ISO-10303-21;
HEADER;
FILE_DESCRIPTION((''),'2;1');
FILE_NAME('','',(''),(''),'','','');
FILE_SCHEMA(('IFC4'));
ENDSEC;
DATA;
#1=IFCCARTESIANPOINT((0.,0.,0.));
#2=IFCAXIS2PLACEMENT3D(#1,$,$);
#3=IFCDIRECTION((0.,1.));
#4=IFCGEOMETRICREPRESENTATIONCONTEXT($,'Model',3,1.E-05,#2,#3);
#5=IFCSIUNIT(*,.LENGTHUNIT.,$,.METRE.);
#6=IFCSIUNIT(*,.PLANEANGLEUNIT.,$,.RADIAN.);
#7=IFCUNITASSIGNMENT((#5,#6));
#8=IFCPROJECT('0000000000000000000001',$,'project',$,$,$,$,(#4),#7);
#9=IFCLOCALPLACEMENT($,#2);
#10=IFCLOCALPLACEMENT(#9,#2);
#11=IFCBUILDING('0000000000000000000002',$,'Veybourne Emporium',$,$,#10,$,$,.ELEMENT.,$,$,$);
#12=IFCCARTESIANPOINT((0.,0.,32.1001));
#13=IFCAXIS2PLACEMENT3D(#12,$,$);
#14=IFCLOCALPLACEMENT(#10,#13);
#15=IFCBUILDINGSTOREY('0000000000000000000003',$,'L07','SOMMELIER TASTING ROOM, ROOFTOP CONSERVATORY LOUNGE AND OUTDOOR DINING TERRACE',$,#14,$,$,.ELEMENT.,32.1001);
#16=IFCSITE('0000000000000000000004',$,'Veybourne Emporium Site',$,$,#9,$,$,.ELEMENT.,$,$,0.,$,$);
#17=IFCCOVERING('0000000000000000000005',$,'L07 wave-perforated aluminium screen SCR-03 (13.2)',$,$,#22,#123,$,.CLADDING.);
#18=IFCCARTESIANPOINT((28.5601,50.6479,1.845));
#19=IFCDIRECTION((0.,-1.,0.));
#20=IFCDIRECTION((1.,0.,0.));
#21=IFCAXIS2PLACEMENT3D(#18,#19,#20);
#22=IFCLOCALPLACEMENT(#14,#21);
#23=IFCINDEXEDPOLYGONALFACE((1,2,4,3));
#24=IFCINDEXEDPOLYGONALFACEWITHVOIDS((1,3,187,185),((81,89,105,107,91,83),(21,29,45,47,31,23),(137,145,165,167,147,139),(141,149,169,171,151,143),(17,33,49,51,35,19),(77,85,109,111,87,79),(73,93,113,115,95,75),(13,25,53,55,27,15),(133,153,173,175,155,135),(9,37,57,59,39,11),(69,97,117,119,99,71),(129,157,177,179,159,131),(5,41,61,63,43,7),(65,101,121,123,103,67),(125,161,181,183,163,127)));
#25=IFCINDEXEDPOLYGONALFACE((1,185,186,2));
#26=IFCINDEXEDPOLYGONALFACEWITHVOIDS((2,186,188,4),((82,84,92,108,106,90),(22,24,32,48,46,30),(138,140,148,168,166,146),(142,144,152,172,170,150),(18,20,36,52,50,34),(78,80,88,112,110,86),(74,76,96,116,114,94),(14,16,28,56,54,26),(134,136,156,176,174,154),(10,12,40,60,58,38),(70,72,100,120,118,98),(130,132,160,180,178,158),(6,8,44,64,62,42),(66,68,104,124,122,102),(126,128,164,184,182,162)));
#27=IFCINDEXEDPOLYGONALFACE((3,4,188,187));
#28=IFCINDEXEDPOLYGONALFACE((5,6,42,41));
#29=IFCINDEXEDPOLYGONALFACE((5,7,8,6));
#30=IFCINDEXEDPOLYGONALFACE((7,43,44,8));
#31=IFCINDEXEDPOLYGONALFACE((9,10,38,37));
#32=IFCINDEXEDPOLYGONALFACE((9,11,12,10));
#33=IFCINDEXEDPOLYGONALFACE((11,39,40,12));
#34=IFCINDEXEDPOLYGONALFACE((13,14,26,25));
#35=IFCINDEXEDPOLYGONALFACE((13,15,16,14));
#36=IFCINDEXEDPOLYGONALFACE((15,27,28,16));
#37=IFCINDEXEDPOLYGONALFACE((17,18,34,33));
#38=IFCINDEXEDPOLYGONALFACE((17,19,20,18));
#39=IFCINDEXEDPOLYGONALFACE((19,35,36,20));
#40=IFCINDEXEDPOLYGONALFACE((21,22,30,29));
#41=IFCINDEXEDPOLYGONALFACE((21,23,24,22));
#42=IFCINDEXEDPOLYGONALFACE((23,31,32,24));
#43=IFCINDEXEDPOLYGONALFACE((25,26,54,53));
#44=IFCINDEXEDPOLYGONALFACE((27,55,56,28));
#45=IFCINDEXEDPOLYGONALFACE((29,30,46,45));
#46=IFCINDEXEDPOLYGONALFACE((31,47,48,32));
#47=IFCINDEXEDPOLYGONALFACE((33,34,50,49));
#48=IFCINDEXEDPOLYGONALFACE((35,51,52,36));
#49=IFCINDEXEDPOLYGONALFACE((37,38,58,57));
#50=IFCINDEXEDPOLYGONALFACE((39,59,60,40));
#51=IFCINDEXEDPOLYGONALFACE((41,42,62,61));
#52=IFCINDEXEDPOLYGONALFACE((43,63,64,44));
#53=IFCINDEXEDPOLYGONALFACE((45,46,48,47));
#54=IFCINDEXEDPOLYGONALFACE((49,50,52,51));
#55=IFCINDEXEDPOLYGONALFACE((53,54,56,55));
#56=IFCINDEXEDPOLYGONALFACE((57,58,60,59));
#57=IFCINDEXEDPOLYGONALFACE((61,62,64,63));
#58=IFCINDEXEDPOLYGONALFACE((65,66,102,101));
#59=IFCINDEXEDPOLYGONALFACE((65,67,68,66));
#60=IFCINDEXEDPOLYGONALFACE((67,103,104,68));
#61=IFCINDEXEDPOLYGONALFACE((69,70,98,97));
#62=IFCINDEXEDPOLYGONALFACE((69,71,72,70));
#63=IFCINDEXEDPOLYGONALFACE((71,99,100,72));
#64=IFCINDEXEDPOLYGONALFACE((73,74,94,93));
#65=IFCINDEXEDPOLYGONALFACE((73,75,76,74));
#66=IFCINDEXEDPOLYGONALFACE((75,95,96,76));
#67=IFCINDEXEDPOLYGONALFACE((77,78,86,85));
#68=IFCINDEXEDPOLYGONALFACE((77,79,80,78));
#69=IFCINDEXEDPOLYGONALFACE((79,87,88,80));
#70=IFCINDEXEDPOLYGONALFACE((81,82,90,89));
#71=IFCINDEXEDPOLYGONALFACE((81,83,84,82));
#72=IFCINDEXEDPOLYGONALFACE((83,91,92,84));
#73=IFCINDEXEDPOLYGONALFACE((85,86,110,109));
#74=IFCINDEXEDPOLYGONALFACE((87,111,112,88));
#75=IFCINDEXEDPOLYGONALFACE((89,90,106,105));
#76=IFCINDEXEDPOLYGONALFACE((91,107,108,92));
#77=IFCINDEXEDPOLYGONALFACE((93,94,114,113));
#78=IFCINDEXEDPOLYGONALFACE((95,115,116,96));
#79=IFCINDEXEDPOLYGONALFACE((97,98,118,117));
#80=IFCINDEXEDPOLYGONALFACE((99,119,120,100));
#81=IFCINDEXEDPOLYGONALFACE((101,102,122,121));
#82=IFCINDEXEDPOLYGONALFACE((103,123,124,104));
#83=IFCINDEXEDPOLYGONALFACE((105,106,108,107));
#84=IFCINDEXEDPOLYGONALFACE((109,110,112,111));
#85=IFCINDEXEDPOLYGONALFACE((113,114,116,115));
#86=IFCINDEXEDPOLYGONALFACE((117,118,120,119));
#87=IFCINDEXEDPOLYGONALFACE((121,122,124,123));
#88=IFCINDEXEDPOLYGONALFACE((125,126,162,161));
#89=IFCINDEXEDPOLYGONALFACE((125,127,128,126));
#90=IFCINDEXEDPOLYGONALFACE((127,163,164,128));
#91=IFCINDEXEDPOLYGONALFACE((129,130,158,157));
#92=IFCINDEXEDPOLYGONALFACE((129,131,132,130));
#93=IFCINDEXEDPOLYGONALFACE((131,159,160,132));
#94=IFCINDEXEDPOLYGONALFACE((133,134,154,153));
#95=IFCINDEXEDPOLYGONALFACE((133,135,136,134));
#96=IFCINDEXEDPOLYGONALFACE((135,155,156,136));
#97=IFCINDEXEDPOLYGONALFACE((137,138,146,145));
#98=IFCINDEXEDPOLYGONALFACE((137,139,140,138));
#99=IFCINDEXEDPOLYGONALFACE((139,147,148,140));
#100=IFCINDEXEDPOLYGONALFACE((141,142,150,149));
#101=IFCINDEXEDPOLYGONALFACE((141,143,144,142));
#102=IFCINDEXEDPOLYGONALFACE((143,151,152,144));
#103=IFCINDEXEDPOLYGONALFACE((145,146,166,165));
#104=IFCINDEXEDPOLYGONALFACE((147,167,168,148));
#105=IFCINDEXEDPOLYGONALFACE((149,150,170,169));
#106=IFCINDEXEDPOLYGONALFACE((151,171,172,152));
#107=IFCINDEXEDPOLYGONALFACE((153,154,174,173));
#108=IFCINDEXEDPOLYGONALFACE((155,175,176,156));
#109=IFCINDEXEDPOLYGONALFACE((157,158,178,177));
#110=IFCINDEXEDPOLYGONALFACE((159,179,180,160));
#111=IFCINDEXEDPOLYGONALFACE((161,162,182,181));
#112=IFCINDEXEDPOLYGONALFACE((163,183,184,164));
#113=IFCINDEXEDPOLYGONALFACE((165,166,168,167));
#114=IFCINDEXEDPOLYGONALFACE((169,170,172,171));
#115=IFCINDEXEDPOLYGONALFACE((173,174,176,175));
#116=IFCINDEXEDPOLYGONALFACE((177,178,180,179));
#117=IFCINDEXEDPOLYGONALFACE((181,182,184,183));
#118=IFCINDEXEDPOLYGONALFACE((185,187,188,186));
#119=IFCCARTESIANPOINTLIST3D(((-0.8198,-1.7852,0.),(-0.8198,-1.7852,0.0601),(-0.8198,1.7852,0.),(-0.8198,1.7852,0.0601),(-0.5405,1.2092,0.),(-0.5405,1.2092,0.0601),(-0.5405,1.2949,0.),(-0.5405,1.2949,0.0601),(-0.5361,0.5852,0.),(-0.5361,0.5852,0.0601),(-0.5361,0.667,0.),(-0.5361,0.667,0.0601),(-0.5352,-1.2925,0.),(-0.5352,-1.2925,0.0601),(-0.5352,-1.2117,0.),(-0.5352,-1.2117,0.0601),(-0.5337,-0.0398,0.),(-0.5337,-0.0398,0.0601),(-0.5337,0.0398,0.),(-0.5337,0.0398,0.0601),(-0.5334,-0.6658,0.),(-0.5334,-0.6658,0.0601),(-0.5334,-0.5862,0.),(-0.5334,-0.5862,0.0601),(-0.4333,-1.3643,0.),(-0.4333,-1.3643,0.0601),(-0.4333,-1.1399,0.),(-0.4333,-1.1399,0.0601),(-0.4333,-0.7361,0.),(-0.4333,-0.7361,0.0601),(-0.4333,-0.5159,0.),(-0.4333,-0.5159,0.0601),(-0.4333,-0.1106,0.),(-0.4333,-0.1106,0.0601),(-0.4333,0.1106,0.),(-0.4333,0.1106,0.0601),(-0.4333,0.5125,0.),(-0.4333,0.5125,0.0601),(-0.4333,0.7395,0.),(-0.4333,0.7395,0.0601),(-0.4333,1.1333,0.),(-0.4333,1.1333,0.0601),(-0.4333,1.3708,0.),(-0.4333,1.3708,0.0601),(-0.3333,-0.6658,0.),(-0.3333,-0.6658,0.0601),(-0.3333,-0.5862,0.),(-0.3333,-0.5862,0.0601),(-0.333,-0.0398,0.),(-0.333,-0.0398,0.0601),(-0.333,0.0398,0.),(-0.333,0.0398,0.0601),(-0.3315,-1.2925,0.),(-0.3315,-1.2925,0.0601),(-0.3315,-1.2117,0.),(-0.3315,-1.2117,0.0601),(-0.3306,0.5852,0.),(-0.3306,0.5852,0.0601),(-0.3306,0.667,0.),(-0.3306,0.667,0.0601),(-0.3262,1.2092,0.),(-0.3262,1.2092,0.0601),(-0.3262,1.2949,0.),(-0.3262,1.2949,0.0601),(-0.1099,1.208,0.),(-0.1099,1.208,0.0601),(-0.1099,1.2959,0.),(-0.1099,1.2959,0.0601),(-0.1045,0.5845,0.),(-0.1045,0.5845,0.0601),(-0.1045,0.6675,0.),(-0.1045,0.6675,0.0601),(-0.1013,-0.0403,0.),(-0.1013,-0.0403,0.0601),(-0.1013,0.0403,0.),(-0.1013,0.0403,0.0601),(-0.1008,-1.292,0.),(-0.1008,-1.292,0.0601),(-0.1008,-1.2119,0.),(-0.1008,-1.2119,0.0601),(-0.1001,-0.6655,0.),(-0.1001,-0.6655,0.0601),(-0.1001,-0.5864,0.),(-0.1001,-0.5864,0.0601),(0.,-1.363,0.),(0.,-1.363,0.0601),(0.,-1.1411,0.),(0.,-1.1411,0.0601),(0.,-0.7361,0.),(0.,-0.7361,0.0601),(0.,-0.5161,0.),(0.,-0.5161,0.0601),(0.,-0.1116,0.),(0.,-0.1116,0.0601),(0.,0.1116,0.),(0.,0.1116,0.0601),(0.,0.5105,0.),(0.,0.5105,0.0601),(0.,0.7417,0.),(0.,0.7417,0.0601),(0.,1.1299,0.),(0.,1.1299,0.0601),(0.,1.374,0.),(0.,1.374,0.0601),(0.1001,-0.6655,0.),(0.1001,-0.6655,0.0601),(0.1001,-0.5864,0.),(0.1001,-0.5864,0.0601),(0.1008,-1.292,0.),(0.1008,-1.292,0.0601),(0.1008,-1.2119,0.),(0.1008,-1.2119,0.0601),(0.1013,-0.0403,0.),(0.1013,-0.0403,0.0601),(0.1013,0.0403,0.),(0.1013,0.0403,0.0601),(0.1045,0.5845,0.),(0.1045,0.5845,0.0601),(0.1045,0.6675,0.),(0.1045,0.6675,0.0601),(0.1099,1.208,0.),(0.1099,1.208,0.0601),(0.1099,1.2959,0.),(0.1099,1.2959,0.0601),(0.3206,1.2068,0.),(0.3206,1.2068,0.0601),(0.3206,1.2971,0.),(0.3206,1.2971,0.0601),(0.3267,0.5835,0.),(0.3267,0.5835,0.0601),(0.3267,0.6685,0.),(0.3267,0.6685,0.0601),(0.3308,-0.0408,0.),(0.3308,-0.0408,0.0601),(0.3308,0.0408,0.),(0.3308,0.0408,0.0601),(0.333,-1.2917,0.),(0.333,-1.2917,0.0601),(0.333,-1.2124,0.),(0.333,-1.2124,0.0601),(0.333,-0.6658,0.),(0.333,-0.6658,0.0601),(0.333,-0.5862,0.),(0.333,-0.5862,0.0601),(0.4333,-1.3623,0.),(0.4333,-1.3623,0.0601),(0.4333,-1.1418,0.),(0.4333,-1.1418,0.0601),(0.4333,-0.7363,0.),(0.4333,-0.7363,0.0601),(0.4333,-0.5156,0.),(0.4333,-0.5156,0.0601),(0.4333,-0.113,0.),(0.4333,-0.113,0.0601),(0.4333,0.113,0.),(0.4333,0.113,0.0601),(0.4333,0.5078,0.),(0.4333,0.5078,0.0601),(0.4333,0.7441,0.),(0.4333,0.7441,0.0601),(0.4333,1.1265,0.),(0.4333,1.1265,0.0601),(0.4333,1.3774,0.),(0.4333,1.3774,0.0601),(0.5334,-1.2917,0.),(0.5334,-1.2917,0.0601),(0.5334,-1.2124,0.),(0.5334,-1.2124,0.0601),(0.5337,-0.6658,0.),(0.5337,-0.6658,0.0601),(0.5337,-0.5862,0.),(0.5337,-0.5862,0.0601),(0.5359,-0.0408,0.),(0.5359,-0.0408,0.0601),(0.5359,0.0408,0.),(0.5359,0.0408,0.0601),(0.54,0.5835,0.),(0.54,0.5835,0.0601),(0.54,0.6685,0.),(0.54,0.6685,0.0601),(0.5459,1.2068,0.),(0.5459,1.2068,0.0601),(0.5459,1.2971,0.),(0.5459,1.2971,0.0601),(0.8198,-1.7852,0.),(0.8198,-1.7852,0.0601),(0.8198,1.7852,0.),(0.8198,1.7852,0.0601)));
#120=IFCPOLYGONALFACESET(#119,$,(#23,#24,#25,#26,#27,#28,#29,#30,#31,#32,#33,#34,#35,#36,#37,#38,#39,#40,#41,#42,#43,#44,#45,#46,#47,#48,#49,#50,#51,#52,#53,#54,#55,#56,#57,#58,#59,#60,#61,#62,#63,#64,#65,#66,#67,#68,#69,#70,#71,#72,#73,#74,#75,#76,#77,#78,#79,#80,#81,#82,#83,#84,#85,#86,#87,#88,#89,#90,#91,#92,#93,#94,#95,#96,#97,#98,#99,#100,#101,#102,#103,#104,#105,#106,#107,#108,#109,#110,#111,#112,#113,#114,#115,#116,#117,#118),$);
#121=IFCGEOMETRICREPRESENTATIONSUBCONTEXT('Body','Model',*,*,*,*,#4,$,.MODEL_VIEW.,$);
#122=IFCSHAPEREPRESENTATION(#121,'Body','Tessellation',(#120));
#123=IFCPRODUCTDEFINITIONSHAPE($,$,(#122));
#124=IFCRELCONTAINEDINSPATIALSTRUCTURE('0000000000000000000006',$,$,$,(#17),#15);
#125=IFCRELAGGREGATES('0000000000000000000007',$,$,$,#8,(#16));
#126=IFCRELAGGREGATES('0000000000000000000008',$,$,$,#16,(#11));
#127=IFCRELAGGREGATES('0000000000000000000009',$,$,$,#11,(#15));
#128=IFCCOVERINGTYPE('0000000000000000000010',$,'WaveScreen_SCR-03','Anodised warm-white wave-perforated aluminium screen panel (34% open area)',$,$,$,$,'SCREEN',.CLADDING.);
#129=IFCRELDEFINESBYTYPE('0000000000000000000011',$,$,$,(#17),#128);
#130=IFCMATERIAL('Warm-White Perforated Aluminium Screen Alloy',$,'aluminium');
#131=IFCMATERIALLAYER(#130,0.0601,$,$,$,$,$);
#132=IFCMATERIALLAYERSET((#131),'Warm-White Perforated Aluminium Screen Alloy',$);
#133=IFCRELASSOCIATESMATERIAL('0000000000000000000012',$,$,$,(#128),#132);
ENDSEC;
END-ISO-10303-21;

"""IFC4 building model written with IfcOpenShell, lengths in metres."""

from ifc_helpers import new_model, si_unit, direction, frame, origin, place, context, subcontext, project, spatial, polyline, outline, extrude, material, layer, layer_set, type_object, element, save


model = new_model("IFC4")

# Units and contexts
model_context = context("Model", 3, precision=1e-05, world=origin(), true_north=direction((0.0, 1.0)))
body_context = subcontext(model_context, "Body", "Model", "MODEL_VIEW")
ifc_project = project(units=[si_unit("LENGTHUNIT", "METRE"), si_unit("PLANEANGLEUNIT", "RADIAN")], contexts=[model_context])

# Site, building, storey
site_placement = place(None, origin())
site = spatial("IfcSite", under=ifc_project, at=site_placement, Name="Veybourne Emporium Site", CompositionType="ELEMENT", RefElevation=0.0)
building_placement = place(site_placement, origin())
building = spatial("IfcBuilding", under=site, at=building_placement, Name="Veybourne Emporium", CompositionType="ELEMENT")
storey_placement = place(building_placement, frame((0.0, 0.0, 32.1001)))
storey = spatial("IfcBuildingStorey", under=building, at=storey_placement, Name="L07", Description="SOMMELIER TASTING ROOM, ROOFTOP CONSERVATORY LOUNGE AND OUTDOOR DINING TERRACE", CompositionType="ELEMENT", Elevation=32.1001)

# Covering
ifc_material_1 = material(Name="Warm-White Perforated Aluminium Screen Alloy", Category="aluminium")
ifc_layer_1 = layer(ifc_material_1, 0.0601)
ifc_layer_set_1 = layer_set([ifc_layer_1], Name="Warm-White Perforated Aluminium Screen Alloy")
covering_type_1 = type_object("IfcCoveringType", Name="WaveScreen_SCR-03", Description="Anodised warm-white wave-perforated aluminium screen panel (34% open area)", ElementType="SCREEN", PredefinedType="CLADDING", material=ifc_layer_set_1)
covering_1_placement = place(storey_placement, frame((28.5601, 50.6479, 1.845), z_axis=(0.0, -1.0, 0.0), x_axis=(1.0, 0.0, 0.0)))
element("IfcCovering", 1, at=covering_1_placement, inside=storey, type_object=covering_type_1, Name="L07 wave-perforated aluminium screen SCR-03 (13.2)", PredefinedType="CLADDING", context=body_context, shape_type="SweptSolid", body=[
    extrude(outline(polyline([(-0.8198, -1.7852), (0.8198, -1.7852), (0.8198, 1.7852), (-0.8198, 1.7852), (-0.8198, -1.7852)]), holes=[polyline([(-0.4333, -1.1399), (-0.3315, -1.2117), (-0.3315, -1.2925), (-0.4333, -1.3643), (-0.5352, -1.2925), (-0.5352, -1.2117), (-0.4333, -1.1399)]), polyline([(-0.4333, -0.5159), (-0.3333, -0.5862), (-0.3333, -0.6658), (-0.4333, -0.7361), (-0.5334, -0.6658), (-0.5334, -0.5862), (-0.4333, -0.5159)]), polyline([(-0.4333, 0.1106), (-0.333, 0.0398), (-0.333, -0.0398), (-0.4333, -0.1106), (-0.5337, -0.0398), (-0.5337, 0.0398), (-0.4333, 0.1106)]), polyline([(-0.4333, 0.7395), (-0.3306, 0.667), (-0.3306, 0.5852), (-0.4333, 0.5125), (-0.5361, 0.5852), (-0.5361, 0.667), (-0.4333, 0.7395)]), polyline([(-0.4333, 1.3708), (-0.3262, 1.2949), (-0.3262, 1.2092), (-0.4333, 1.1333), (-0.5405, 1.2092), (-0.5405, 1.2949), (-0.4333, 1.3708)]), polyline([(0.0, -1.1411), (0.1008, -1.2119), (0.1008, -1.292), (0.0, -1.363), (-0.1008, -1.292), (-0.1008, -1.2119), (0.0, -1.1411)]), polyline([(0.0, -0.5161), (0.1001, -0.5864), (0.1001, -0.6655), (0.0, -0.7361), (-0.1001, -0.6655), (-0.1001, -0.5864), (0.0, -0.5161)]), polyline([(0.0, 0.1116), (0.1013, 0.0403), (0.1013, -0.0403), (0.0, -0.1116), (-0.1013, -0.0403), (-0.1013, 0.0403), (0.0, 0.1116)]), polyline([(0.0, 0.7417), (0.1045, 0.6675), (0.1045, 0.5845), (0.0, 0.5105), (-0.1045, 0.5845), (-0.1045, 0.6675), (0.0, 0.7417)]), polyline([(0.0, 1.374), (0.1099, 1.2959), (0.1099, 1.208), (0.0, 1.1299), (-0.1099, 1.208), (-0.1099, 1.2959), (0.0, 1.374)]), polyline([(0.4333, -1.1418), (0.5334, -1.2124), (0.5334, -1.2917), (0.4333, -1.3623), (0.333, -1.2917), (0.333, -1.2124), (0.4333, -1.1418)]), polyline([(0.4333, -0.5156), (0.5337, -0.5862), (0.5337, -0.6658), (0.4333, -0.7363), (0.333, -0.6658), (0.333, -0.5862), (0.4333, -0.5156)]), polyline([(0.4333, 0.113), (0.5359, 0.0408), (0.5359, -0.0408), (0.4333, -0.113), (0.3308, -0.0408), (0.3308, 0.0408), (0.4333, 0.113)]), polyline([(0.4333, 0.7441), (0.54, 0.6685), (0.54, 0.5835), (0.4333, 0.5078), (0.3267, 0.5835), (0.3267, 0.6685), (0.4333, 0.7441)]), polyline([(0.4333, 1.3774), (0.5459, 1.2971), (0.5459, 1.2068), (0.4333, 1.1265), (0.3206, 1.2068), (0.3206, 1.2971), (0.4333, 1.3774)])]), origin(), (0.0, 0.0, 1.0), 0.0601),
])

save(model, "model.ifc")
